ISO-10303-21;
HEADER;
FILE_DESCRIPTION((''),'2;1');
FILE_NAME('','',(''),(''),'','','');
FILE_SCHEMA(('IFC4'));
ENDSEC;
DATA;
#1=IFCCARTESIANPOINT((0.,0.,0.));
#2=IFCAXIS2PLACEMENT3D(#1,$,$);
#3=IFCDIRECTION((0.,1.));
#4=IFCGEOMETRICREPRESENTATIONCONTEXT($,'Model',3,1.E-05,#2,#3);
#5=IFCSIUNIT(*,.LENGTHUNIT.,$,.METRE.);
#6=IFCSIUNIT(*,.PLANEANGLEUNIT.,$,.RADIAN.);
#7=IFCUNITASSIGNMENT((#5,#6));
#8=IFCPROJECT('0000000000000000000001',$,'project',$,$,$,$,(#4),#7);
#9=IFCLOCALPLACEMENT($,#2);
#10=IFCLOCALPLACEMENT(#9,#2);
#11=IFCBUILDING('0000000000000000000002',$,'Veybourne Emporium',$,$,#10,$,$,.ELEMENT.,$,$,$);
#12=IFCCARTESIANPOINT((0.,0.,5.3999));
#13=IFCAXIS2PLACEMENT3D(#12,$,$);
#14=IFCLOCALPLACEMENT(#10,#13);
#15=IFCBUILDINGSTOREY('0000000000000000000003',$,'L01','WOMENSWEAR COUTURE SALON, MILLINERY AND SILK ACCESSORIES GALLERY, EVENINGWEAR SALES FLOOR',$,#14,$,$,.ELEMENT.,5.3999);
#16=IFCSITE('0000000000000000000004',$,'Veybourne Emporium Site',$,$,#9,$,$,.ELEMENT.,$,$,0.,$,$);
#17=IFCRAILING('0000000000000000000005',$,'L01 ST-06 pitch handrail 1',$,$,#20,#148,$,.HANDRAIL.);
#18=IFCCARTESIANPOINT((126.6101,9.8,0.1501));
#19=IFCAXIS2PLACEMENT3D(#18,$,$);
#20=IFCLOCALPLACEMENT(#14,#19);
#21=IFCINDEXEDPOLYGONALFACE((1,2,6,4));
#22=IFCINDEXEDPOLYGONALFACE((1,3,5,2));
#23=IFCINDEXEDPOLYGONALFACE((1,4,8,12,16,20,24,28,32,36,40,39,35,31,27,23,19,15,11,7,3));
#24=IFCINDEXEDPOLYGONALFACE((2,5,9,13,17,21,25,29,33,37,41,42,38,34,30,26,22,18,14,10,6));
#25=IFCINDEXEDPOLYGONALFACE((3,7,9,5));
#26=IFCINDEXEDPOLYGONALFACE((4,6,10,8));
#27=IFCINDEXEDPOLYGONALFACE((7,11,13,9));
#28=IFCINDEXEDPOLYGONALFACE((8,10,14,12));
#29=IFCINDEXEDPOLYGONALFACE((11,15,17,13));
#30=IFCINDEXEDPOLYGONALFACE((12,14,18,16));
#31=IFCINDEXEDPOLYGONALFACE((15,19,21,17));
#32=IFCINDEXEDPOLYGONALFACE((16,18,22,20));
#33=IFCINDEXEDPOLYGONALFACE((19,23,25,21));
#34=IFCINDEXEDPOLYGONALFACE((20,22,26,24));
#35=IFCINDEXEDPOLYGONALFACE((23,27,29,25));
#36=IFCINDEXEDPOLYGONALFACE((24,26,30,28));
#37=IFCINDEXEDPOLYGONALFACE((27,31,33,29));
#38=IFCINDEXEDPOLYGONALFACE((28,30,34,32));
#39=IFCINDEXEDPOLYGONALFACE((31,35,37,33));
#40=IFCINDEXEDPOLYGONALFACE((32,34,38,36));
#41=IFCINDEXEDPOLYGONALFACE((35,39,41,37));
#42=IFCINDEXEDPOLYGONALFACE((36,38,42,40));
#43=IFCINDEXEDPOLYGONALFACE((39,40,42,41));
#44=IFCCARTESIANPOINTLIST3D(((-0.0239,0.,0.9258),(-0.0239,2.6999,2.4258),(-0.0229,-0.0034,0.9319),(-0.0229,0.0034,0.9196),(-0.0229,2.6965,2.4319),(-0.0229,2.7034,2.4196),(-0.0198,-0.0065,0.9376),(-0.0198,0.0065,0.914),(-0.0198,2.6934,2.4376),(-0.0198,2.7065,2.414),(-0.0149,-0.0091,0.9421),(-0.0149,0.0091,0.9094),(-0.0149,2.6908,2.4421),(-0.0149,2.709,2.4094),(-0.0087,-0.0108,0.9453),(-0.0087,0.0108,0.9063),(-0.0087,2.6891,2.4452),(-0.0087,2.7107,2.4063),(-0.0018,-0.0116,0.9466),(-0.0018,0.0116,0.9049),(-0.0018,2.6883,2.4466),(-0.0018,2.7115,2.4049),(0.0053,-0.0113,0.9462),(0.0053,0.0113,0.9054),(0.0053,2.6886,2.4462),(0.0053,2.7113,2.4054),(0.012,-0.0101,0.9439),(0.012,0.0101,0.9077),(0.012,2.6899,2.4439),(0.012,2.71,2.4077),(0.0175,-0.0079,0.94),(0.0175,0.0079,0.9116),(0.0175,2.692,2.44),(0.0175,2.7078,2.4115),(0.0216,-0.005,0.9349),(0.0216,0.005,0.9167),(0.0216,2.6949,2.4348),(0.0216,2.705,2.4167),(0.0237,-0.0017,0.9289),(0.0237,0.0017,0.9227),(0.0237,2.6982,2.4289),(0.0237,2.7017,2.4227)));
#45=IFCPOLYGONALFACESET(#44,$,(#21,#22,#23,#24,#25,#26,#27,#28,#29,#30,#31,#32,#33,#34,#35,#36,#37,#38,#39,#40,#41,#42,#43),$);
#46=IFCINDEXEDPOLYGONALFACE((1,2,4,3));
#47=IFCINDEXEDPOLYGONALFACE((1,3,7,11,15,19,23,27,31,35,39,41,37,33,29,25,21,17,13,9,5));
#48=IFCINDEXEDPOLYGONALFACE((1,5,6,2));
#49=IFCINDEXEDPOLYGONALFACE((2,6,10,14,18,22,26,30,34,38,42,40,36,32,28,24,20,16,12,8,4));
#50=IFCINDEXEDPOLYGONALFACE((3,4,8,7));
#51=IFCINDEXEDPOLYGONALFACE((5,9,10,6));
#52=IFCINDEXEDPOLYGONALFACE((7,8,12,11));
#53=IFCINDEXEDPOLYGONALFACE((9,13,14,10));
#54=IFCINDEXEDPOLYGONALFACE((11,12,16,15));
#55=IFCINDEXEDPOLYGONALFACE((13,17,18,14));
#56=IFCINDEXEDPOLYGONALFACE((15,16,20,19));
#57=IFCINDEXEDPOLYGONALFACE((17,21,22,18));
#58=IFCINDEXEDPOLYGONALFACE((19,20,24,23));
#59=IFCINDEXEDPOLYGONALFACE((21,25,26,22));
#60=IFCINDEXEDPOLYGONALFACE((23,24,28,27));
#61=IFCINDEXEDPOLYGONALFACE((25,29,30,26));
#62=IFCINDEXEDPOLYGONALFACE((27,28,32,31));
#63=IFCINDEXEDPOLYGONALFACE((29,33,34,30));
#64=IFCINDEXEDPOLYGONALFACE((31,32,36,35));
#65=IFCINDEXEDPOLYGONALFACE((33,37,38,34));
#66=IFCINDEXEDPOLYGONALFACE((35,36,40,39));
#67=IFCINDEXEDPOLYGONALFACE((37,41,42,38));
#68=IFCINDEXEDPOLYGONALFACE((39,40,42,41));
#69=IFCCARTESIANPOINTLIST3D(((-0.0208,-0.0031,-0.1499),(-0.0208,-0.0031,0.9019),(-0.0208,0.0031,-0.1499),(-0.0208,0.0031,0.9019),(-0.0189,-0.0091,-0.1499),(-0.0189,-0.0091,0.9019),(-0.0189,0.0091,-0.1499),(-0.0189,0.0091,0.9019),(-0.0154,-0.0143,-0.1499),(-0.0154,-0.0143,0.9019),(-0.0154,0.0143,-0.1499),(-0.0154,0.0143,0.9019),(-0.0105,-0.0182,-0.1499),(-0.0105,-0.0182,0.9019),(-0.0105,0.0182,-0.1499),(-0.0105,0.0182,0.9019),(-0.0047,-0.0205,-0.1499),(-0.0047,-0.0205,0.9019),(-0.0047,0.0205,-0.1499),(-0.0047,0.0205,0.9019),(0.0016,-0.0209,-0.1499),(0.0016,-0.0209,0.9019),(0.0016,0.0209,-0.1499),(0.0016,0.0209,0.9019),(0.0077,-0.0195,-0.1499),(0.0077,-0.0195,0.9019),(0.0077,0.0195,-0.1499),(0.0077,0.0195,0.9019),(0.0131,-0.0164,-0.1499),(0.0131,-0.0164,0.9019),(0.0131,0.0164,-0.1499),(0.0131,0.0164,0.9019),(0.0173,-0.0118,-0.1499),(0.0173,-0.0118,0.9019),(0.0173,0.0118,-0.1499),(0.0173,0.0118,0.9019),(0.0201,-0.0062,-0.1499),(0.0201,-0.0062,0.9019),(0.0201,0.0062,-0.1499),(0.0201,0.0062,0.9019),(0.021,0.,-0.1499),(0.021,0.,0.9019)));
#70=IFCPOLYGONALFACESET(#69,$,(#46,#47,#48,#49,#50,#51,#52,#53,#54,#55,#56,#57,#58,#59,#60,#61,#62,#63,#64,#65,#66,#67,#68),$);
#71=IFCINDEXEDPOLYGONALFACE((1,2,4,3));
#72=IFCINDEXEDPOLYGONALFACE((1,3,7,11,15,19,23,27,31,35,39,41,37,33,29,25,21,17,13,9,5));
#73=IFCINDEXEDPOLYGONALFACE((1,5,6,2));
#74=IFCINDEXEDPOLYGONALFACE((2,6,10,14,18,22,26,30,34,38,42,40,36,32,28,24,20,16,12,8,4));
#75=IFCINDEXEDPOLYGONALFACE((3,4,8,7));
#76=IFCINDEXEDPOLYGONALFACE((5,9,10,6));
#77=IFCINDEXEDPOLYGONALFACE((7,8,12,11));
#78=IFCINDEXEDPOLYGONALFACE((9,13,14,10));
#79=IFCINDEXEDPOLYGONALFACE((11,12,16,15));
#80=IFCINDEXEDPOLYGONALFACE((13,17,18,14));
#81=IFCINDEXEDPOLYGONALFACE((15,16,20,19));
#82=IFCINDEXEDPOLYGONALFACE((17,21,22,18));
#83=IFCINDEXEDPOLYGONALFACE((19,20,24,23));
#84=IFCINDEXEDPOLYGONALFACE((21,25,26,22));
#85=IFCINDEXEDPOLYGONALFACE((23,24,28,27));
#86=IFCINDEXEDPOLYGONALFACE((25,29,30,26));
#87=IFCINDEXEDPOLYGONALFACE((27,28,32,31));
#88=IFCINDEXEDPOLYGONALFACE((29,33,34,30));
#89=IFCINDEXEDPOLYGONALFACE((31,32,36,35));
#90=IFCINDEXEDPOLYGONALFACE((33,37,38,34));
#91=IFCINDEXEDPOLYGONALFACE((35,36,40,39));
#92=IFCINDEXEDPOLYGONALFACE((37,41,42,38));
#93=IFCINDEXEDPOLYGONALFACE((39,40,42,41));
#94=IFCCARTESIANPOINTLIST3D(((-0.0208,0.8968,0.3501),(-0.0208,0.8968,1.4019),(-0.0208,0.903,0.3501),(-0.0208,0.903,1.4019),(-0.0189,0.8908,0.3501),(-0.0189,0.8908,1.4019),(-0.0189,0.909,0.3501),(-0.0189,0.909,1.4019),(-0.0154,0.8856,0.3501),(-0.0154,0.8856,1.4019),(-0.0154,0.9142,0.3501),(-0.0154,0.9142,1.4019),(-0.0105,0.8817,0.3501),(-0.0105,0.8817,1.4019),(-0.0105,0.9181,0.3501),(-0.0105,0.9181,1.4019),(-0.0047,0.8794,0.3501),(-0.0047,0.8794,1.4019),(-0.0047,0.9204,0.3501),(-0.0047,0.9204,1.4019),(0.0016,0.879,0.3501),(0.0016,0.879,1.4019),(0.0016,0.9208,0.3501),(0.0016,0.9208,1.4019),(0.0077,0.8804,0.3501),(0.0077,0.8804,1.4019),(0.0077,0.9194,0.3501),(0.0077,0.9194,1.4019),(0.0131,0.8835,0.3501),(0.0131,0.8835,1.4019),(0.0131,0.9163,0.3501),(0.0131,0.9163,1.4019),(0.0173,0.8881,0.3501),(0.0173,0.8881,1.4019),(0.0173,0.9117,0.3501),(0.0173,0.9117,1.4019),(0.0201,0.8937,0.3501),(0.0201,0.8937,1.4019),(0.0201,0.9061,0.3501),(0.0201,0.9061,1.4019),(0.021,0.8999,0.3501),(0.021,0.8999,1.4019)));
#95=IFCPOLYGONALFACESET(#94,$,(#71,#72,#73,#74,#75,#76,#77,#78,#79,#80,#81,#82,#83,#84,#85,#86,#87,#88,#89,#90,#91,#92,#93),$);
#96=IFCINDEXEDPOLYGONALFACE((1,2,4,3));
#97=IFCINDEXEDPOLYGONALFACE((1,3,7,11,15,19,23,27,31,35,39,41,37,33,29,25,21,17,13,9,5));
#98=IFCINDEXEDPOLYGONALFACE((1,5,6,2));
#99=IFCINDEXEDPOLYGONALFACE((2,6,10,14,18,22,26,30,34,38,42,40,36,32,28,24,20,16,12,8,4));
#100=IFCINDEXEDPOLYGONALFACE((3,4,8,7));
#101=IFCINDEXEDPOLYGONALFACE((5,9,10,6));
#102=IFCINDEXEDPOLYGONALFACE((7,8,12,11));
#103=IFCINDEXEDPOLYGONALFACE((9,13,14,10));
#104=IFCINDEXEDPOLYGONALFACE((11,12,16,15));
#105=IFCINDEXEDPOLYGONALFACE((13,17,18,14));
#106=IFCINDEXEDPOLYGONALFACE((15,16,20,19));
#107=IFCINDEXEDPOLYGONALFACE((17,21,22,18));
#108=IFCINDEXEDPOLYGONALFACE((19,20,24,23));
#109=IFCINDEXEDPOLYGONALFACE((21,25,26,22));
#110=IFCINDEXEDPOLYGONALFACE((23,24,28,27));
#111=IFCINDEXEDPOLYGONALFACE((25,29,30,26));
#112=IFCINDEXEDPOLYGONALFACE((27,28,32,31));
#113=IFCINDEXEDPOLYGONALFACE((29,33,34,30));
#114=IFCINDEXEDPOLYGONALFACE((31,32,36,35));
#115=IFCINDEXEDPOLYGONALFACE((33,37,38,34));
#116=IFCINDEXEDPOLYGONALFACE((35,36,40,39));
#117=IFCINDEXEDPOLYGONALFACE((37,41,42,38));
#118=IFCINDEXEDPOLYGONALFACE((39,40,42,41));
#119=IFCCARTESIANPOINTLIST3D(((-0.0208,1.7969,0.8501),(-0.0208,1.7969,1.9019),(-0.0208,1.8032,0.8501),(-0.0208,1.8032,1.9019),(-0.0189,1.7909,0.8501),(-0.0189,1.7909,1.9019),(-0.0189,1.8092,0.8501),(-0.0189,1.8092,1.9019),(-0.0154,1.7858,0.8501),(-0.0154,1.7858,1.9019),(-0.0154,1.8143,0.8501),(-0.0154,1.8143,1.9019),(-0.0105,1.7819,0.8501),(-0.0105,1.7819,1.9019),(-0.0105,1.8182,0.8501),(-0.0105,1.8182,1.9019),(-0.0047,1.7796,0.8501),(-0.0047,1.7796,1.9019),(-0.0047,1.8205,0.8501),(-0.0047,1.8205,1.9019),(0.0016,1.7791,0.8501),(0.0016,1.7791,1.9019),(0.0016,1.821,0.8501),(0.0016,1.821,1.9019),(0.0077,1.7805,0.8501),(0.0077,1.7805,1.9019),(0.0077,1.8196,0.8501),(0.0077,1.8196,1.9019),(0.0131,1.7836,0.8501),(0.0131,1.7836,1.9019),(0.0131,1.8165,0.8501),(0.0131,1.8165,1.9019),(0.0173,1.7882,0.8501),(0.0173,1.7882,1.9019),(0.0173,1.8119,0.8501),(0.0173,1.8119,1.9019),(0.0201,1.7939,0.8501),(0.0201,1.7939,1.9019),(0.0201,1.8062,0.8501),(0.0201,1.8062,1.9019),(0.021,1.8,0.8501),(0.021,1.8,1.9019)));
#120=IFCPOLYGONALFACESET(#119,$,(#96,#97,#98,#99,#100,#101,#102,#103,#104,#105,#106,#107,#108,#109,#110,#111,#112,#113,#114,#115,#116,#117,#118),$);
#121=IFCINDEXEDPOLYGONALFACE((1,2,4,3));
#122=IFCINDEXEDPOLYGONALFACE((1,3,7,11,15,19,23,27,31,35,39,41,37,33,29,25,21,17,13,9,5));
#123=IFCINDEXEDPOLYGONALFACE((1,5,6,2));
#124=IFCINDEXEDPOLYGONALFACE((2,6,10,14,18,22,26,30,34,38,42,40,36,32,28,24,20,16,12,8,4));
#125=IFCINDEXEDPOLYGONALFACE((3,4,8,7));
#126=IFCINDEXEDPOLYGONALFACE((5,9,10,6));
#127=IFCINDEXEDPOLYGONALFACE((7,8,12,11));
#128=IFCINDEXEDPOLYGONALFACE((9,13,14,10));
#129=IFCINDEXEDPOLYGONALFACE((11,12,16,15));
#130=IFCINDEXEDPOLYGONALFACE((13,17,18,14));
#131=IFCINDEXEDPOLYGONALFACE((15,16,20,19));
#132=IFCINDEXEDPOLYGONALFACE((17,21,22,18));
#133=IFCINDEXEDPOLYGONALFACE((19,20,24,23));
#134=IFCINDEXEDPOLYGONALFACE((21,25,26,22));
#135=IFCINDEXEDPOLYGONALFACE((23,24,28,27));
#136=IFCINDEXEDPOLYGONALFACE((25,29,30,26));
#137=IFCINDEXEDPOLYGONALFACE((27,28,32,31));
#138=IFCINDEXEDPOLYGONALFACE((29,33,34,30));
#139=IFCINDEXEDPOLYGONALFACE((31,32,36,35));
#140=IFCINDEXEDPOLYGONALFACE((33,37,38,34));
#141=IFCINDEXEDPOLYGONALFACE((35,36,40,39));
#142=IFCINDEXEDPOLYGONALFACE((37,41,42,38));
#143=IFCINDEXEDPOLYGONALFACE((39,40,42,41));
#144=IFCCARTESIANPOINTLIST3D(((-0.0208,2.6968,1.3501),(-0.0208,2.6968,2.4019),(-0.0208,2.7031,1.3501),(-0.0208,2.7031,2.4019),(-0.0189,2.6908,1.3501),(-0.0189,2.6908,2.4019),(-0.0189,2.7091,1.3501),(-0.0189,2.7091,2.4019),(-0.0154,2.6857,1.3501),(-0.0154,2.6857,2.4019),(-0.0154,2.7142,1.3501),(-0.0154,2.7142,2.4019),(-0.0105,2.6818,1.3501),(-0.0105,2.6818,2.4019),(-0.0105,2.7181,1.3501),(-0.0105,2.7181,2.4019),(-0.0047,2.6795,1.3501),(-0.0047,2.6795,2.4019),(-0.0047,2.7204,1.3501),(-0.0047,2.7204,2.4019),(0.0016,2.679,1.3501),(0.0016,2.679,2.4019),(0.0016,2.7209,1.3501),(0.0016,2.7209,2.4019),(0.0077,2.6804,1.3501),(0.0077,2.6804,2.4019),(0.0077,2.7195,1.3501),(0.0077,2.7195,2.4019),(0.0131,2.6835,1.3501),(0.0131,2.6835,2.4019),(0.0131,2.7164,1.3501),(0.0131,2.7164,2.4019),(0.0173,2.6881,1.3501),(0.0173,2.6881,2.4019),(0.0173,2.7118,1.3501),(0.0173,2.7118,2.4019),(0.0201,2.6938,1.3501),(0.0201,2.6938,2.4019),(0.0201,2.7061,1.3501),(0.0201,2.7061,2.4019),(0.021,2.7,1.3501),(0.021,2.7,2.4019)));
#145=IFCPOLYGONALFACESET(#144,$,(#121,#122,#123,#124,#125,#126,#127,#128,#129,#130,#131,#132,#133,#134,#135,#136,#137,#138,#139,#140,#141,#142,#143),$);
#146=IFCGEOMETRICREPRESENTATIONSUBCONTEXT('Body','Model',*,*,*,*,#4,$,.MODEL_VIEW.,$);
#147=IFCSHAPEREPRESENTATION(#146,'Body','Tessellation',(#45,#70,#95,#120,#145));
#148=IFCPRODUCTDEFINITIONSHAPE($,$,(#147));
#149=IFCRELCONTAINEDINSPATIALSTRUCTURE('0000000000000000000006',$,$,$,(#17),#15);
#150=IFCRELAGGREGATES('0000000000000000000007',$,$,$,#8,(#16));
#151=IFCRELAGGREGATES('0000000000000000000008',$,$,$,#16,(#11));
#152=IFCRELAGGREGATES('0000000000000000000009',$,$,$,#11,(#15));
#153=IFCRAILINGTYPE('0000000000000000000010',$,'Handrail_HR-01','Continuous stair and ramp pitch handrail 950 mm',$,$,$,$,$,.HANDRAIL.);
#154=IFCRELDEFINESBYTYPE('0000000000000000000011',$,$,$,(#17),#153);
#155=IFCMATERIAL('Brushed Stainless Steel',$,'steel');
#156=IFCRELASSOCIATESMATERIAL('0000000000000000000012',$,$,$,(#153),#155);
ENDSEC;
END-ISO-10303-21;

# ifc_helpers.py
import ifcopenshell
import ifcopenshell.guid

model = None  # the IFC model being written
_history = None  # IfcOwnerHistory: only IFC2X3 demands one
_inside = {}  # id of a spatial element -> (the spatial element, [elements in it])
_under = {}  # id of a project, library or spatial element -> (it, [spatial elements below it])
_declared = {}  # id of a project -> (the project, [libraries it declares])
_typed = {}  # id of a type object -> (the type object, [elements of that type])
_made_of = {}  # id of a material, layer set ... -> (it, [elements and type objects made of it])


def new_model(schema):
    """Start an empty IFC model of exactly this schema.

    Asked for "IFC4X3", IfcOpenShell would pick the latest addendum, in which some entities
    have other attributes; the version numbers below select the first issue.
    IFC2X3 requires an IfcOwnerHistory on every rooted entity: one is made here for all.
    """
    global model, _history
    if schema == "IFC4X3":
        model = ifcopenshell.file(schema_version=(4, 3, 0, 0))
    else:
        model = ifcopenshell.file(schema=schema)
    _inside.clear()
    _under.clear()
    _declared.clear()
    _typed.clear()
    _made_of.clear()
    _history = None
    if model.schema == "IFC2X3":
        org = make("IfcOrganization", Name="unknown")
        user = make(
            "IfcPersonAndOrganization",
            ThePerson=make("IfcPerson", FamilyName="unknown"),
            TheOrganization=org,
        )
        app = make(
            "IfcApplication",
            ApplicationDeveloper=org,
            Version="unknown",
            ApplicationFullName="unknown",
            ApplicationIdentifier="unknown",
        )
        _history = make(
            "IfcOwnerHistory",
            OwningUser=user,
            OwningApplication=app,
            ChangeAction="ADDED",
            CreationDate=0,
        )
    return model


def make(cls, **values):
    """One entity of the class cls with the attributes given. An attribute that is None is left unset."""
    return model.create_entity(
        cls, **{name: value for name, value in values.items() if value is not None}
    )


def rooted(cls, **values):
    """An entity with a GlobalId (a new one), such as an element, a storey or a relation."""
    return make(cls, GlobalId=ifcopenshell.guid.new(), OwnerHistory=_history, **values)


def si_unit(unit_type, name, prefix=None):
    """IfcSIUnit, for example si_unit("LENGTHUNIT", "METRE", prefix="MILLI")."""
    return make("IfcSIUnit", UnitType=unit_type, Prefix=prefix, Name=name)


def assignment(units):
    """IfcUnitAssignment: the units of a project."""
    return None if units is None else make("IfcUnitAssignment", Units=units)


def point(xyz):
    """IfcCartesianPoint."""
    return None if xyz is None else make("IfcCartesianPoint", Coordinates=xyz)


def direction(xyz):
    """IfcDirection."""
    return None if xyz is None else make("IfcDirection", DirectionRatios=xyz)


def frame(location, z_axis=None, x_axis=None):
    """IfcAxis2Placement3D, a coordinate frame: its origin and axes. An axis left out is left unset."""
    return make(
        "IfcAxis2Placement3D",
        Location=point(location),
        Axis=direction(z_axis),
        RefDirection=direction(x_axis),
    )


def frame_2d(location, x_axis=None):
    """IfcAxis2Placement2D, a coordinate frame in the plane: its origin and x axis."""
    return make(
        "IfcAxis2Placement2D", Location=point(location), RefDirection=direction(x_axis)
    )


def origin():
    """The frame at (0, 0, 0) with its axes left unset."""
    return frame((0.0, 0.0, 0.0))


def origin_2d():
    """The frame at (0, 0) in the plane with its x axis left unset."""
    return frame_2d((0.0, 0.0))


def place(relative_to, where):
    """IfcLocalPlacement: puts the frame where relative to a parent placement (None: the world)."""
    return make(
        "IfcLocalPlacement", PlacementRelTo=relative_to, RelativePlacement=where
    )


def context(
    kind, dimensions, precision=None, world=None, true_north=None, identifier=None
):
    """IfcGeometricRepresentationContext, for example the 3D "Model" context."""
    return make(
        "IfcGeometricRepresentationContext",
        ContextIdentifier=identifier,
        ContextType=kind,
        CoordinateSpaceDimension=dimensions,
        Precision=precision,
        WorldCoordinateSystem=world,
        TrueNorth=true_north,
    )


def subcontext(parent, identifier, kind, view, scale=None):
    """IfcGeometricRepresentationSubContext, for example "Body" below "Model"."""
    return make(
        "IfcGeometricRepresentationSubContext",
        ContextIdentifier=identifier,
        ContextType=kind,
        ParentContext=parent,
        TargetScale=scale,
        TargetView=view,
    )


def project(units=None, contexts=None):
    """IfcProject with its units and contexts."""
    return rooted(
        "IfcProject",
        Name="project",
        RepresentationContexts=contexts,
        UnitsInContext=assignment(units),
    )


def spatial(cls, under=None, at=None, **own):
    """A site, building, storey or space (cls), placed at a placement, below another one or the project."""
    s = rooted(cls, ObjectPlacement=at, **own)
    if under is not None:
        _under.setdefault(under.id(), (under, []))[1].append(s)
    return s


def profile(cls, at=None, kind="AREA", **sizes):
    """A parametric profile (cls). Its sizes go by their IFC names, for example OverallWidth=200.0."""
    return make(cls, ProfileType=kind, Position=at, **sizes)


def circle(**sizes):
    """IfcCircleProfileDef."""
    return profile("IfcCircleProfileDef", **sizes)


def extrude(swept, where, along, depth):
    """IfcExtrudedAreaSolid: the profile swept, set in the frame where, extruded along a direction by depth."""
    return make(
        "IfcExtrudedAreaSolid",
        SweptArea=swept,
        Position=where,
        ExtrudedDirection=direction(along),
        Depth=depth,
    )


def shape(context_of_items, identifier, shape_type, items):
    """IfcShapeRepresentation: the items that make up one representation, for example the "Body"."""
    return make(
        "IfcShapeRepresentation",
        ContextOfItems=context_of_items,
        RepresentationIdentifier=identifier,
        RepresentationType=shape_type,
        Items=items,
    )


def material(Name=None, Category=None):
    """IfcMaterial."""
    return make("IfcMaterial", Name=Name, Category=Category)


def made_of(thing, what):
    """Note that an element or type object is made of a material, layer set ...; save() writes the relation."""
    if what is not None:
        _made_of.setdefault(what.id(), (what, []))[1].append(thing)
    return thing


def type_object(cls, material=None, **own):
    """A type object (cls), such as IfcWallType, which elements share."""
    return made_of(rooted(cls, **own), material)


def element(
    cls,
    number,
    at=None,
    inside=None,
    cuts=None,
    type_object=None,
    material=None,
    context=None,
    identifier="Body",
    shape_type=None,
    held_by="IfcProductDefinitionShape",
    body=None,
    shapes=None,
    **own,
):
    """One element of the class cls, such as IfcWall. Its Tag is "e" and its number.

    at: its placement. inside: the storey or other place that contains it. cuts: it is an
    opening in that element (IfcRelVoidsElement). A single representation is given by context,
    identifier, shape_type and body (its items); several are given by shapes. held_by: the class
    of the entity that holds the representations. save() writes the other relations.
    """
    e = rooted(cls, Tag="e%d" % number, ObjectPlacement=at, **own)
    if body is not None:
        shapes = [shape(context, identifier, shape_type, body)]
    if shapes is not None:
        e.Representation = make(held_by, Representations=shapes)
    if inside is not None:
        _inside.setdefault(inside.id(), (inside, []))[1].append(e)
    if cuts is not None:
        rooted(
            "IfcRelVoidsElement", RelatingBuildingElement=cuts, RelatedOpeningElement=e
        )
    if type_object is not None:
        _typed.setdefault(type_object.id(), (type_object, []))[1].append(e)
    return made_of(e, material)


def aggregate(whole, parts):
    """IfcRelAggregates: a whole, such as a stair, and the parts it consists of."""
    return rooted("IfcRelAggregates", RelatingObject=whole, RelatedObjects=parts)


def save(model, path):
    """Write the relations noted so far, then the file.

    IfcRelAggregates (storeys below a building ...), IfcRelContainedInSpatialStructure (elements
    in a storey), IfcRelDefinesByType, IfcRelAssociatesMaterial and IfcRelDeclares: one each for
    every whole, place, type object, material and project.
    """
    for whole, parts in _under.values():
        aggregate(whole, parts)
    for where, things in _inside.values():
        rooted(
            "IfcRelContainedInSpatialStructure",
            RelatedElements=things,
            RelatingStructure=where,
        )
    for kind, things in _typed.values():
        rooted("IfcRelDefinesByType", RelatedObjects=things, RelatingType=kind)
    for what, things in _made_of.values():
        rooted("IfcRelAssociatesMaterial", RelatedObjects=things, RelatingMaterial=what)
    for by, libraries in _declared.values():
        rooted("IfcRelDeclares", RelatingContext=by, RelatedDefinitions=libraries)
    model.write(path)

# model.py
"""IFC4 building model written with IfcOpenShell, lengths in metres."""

from ifc_helpers import new_model, si_unit, direction, frame, origin, origin_2d, place, context, subcontext, project, spatial, circle, extrude, material, type_object, element, save


model = new_model("IFC4")

# Units and contexts
model_context = context("Model", 3, precision=1e-05, world=origin(), true_north=direction((0.0, 1.0)))
body_context = subcontext(model_context, "Body", "Model", "MODEL_VIEW")
ifc_project = project(units=[si_unit("LENGTHUNIT", "METRE"), si_unit("PLANEANGLEUNIT", "RADIAN")], contexts=[model_context])

# Site, building, storey
site_placement = place(None, origin())
site = spatial("IfcSite", under=ifc_project, at=site_placement, Name="Veybourne Emporium Site", CompositionType="ELEMENT", RefElevation=0.0)
building_placement = place(site_placement, origin())
building = spatial("IfcBuilding", under=site, at=building_placement, Name="Veybourne Emporium", CompositionType="ELEMENT")
storey_placement = place(building_placement, frame((0.0, 0.0, 5.3999)))
storey = spatial("IfcBuildingStorey", under=building, at=storey_placement, Name="L01", Description="WOMENSWEAR COUTURE SALON, MILLINERY AND SILK ACCESSORIES GALLERY, EVENINGWEAR SALES FLOOR", CompositionType="ELEMENT", Elevation=5.3999)

# Railing
ifc_material_1 = material(Name="Brushed Stainless Steel", Category="steel")
railing_type_1 = type_object("IfcRailingType", Name="Handrail_HR-01", Description="Continuous stair and ramp pitch handrail 950 mm", PredefinedType="HANDRAIL", material=ifc_material_1)
railing_1_placement = place(storey_placement, frame((126.6101, 9.8, 0.1501)))
element("IfcRailing", 1, at=railing_1_placement, inside=storey, type_object=railing_type_1, Name="L01 ST-06 pitch handrail 1", PredefinedType="HANDRAIL", context=body_context, shape_type="SweptSolid", body=[
    extrude(circle(Radius=0.0239, at=origin_2d()), frame((0.0, 0.0, 0.9258), z_axis=(0.0, 0.874154, 0.48565), x_axis=(-1.0, 0.0, 0.0)), (0.0, 0.0, 1.0), 3.0886),
    extrude(circle(Radius=0.021, at=origin_2d()), frame((0.0, 0.0, -0.1499)), (0.0, 0.0, 1.0), 1.0518),
    extrude(circle(Radius=0.021, at=origin_2d()), frame((0.0, 0.8999, 0.3501)), (0.0, 0.0, 1.0), 1.0518),
    extrude(circle(Radius=0.021, at=origin_2d()), frame((0.0, 1.8, 0.8501)), (0.0, 0.0, 1.0), 1.0518),
    extrude(circle(Radius=0.021, at=origin_2d()), frame((0.0, 2.7, 1.3501)), (0.0, 0.0, 1.0), 1.0518),
])

save(model, "model.ifc")
